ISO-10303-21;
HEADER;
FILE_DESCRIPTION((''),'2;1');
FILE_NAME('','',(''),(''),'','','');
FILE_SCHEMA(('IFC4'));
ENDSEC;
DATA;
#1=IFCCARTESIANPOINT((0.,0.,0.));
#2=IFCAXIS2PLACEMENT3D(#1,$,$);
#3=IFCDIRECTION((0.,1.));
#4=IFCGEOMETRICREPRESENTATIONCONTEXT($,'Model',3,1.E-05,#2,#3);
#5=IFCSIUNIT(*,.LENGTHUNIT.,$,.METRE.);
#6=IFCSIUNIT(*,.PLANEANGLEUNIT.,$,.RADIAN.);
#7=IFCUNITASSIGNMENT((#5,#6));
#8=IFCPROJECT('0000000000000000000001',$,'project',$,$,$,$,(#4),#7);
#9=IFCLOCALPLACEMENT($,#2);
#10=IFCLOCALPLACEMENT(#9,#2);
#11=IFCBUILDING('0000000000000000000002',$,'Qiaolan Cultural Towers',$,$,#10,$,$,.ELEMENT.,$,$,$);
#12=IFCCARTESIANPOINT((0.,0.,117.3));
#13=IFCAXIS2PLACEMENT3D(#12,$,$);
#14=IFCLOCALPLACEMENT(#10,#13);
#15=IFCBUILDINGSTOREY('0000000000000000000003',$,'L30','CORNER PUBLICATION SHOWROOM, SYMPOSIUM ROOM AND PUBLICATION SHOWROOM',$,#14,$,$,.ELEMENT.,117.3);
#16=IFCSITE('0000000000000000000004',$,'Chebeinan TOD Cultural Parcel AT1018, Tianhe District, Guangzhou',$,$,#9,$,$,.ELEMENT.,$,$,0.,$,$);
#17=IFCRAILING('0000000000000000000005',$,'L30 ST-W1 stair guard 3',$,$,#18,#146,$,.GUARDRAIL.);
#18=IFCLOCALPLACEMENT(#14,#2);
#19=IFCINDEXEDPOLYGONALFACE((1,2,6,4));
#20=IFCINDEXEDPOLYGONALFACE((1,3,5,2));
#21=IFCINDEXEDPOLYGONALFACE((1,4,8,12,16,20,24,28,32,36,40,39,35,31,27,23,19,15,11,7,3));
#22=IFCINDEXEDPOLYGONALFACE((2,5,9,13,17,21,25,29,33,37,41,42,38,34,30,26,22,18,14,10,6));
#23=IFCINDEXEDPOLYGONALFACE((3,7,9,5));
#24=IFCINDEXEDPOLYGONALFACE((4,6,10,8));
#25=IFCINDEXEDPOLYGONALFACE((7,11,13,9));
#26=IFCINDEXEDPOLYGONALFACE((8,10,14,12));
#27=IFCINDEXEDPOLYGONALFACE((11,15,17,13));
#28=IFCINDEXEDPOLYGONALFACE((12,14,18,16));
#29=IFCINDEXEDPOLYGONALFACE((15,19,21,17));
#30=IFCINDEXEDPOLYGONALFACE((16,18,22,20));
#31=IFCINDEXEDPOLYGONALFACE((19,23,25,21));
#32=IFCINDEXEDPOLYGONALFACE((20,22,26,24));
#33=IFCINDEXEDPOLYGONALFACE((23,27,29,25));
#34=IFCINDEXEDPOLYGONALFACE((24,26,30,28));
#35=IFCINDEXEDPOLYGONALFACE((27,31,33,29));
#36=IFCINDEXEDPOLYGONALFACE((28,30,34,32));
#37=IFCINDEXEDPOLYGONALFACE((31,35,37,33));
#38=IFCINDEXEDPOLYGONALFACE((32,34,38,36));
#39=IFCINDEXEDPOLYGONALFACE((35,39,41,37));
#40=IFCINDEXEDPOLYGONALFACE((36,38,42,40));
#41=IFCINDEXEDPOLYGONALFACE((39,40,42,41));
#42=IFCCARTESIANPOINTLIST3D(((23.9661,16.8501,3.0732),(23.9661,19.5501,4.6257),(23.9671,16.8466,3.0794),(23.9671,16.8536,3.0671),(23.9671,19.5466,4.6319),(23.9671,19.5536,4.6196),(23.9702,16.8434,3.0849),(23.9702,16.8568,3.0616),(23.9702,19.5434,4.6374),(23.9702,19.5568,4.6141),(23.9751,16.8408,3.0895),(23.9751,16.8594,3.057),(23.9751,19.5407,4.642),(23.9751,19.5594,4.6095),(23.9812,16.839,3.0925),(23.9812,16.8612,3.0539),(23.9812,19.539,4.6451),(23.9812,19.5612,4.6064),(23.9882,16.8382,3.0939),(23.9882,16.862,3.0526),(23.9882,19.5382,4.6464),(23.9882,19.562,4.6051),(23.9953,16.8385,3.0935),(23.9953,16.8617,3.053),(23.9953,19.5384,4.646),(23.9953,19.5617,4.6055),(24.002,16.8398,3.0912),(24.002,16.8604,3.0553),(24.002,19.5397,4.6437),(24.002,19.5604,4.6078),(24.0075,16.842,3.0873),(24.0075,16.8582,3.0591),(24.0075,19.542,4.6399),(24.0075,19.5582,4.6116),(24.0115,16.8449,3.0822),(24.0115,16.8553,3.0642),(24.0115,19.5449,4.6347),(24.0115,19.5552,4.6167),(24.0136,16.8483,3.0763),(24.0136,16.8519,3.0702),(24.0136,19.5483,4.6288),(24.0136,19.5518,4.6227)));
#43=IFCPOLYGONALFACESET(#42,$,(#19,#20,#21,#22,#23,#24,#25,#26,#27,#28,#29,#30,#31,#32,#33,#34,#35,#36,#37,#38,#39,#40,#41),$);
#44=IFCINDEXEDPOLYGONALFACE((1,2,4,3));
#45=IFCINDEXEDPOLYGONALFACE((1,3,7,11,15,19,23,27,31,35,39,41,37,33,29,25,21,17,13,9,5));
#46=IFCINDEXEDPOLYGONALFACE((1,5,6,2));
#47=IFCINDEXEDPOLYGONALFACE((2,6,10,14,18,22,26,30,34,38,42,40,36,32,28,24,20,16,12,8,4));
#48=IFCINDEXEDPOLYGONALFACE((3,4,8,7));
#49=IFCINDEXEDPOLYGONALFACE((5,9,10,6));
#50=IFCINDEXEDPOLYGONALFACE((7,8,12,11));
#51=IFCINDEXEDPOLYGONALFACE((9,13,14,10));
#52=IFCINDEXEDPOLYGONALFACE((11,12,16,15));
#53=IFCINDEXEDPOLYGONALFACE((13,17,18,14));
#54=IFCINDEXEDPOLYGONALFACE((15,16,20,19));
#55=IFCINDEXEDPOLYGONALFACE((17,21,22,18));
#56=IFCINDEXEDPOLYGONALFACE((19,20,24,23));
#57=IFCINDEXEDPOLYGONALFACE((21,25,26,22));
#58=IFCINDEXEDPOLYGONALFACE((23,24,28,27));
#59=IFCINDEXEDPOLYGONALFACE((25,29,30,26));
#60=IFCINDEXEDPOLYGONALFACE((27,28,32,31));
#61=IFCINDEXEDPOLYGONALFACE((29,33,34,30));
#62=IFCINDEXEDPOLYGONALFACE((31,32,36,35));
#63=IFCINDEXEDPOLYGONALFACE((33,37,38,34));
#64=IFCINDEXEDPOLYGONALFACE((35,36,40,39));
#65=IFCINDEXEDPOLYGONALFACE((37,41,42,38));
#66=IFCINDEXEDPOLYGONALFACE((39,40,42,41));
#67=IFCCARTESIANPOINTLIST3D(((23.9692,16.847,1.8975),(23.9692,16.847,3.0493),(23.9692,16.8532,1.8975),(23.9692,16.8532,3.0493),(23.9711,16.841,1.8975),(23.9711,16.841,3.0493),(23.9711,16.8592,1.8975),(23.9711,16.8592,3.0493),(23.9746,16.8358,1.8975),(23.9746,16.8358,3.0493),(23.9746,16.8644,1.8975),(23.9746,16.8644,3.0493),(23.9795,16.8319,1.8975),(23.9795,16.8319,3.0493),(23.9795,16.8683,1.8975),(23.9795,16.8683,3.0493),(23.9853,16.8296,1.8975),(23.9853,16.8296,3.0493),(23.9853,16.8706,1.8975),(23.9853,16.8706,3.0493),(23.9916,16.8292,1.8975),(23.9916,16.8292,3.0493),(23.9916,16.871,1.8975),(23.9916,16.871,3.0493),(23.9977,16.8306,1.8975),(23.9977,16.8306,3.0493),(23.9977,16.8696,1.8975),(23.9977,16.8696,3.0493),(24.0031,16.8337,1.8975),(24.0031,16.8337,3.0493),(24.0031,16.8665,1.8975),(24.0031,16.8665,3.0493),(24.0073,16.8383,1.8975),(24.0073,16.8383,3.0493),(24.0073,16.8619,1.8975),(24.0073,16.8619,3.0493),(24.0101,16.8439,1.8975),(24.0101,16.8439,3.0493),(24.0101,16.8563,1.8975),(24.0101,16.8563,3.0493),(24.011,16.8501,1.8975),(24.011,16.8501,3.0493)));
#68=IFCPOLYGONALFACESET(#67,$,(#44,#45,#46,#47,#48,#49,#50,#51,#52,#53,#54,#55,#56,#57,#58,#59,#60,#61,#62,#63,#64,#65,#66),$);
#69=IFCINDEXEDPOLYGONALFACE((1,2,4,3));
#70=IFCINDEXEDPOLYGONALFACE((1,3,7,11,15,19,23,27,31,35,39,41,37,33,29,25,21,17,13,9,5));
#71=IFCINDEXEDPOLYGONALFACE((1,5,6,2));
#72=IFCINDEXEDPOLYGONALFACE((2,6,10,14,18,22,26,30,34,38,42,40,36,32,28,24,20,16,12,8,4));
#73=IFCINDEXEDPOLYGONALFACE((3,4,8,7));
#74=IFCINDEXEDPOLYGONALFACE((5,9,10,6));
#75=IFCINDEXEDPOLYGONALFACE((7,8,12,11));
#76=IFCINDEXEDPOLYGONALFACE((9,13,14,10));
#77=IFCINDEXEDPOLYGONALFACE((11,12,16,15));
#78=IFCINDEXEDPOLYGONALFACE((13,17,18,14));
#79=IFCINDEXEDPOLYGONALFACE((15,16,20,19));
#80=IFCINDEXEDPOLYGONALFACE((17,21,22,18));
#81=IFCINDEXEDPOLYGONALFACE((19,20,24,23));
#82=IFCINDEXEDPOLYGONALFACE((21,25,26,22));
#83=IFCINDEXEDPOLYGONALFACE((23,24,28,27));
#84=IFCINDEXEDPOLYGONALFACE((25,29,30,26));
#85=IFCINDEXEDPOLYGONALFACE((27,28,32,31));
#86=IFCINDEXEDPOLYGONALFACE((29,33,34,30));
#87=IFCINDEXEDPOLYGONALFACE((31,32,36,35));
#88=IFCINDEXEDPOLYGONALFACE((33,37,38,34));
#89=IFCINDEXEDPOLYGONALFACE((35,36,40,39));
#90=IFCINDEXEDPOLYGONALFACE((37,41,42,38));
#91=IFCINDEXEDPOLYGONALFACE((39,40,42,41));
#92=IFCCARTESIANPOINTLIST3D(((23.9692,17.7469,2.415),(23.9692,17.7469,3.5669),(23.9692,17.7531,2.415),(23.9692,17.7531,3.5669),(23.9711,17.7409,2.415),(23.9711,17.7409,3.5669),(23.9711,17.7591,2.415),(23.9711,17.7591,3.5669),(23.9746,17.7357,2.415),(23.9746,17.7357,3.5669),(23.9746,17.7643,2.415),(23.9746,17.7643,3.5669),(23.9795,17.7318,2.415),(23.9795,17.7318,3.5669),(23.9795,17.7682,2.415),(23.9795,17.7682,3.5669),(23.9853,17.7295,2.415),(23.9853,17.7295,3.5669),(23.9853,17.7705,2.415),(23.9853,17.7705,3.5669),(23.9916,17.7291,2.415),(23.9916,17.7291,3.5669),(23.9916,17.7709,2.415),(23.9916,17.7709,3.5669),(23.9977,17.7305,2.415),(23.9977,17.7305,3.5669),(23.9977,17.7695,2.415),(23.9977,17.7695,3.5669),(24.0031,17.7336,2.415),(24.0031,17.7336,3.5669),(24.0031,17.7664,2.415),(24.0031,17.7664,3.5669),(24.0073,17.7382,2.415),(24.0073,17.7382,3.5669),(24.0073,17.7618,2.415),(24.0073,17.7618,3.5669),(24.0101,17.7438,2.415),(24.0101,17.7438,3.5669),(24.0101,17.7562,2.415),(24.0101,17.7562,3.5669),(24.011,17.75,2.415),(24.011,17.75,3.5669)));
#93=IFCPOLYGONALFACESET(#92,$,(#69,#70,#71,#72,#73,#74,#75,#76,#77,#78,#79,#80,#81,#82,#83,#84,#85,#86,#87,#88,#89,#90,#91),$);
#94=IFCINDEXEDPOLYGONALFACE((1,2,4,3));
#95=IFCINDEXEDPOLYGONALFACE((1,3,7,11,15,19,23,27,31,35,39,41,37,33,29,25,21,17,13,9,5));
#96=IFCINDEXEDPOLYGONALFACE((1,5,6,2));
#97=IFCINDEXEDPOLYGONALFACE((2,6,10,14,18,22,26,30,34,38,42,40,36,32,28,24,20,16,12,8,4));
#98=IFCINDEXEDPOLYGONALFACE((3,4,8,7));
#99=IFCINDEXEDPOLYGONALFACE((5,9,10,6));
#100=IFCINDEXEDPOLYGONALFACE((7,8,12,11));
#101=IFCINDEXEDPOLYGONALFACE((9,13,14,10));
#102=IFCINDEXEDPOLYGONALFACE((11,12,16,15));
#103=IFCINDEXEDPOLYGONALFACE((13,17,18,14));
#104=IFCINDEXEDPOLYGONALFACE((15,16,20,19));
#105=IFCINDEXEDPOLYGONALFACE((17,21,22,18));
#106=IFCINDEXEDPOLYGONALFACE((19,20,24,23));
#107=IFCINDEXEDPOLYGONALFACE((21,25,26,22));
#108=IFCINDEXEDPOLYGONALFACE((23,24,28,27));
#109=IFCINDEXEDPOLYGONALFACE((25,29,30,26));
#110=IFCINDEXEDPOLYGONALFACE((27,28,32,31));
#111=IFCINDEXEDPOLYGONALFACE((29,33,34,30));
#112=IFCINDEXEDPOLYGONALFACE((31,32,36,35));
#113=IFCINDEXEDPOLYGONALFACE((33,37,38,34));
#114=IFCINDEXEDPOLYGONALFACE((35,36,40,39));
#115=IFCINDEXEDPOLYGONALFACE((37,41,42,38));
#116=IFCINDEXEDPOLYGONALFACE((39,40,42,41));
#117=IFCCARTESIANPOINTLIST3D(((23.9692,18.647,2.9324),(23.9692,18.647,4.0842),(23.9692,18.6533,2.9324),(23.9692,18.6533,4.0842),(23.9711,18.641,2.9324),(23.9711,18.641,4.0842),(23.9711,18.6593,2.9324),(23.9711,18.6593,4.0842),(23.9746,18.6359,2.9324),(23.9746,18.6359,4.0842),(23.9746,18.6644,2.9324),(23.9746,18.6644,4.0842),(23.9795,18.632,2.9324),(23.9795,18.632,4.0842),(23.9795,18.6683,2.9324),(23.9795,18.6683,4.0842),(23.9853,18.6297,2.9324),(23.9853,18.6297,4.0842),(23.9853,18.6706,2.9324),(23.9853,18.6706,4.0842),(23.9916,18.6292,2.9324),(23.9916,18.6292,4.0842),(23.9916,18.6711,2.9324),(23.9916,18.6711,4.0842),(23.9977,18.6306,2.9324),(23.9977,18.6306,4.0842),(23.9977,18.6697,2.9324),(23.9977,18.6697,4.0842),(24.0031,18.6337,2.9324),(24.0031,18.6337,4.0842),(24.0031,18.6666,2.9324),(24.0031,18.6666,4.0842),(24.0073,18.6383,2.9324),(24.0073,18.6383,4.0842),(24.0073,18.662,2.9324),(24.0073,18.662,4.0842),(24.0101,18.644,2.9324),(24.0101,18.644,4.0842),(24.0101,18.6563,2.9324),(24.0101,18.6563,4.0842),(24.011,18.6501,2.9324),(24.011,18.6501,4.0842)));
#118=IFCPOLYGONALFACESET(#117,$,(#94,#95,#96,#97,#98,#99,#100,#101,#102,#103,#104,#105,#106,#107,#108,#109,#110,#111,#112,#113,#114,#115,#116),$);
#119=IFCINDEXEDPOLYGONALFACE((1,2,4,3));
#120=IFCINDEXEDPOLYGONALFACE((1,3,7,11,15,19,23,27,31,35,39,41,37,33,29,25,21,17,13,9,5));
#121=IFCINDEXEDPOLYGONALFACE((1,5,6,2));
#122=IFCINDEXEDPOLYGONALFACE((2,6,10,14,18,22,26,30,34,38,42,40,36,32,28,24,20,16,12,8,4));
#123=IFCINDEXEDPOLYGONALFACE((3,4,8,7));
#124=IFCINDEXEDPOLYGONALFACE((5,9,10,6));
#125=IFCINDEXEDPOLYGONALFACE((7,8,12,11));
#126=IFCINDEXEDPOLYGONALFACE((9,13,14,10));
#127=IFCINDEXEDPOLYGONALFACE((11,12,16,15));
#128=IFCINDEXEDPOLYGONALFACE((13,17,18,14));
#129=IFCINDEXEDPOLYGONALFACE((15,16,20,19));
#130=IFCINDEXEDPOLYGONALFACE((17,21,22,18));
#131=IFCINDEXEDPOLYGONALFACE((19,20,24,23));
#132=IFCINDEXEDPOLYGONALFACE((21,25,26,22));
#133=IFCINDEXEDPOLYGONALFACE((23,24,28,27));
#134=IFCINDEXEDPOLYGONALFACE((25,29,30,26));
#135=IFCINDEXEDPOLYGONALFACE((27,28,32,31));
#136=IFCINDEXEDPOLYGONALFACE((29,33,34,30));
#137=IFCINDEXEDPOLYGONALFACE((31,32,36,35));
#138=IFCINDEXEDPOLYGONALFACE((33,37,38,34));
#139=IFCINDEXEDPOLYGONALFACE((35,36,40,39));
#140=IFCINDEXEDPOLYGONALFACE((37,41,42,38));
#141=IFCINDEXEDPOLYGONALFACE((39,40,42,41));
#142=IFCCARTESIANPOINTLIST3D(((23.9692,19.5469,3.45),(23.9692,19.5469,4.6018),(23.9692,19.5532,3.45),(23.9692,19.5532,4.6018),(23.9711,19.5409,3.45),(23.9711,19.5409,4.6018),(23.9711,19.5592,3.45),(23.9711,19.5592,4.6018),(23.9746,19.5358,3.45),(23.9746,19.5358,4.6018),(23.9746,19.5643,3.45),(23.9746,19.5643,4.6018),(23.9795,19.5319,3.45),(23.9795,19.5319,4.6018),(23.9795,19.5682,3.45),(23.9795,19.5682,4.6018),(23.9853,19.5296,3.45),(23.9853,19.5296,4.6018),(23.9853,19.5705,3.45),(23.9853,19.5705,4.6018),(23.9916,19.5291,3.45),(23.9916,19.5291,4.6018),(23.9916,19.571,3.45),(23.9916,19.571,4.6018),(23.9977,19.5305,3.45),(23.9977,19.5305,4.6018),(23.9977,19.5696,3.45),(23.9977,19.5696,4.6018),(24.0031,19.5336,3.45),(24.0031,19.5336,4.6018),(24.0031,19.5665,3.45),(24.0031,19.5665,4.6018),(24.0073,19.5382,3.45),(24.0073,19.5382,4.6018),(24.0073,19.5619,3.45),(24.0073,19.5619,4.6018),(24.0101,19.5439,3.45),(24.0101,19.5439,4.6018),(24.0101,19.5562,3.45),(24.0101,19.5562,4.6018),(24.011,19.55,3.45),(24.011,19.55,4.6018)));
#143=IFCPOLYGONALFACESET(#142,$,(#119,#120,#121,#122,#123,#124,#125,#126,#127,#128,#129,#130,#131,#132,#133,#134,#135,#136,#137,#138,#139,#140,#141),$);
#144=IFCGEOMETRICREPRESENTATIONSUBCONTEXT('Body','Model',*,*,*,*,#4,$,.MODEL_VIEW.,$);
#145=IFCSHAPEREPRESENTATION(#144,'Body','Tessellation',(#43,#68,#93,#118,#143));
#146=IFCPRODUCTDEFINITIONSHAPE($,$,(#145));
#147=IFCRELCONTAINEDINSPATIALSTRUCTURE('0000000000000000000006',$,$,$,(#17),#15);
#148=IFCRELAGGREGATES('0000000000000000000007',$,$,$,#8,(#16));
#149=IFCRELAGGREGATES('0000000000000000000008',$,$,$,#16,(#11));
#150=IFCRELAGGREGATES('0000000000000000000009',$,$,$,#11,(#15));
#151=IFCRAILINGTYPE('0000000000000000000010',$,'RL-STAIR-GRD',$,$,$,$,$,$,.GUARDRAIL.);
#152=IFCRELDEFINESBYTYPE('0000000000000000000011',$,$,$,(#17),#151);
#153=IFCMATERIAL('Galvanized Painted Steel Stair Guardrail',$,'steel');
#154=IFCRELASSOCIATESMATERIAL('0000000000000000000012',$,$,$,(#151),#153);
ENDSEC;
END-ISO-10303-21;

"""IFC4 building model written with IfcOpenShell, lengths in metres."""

from ifc_helpers import new_model, si_unit, direction, frame, origin, origin_2d, place, context, subcontext, project, spatial, circle, extrude, material, type_object, element, save


model = new_model("IFC4")

# Units and contexts
model_context = context("Model", 3, precision=1e-05, world=origin(), true_north=direction((0.0, 1.0)))
body_context = subcontext(model_context, "Body", "Model", "MODEL_VIEW")
ifc_project = project(units=[si_unit("LENGTHUNIT", "METRE"), si_unit("PLANEANGLEUNIT", "RADIAN")], contexts=[model_context])

# Site, building, storey
site_placement = place(None, origin())
site = spatial("IfcSite", under=ifc_project, at=site_placement, Name="Chebeinan TOD Cultural Parcel AT1018, Tianhe District, Guangzhou", CompositionType="ELEMENT", RefElevation=0.0)
building_placement = place(site_placement, origin())
building = spatial("IfcBuilding", under=site, at=building_placement, Name="Qiaolan Cultural Towers", CompositionType="ELEMENT")
storey_placement = place(building_placement, frame((0.0, 0.0, 117.3)))
storey = spatial("IfcBuildingStorey", under=building, at=storey_placement, Name="L30", Description="CORNER PUBLICATION SHOWROOM, SYMPOSIUM ROOM AND PUBLICATION SHOWROOM", CompositionType="ELEMENT", Elevation=117.3)

# Railing
ifc_material_1 = material(Name="Galvanized Painted Steel Stair Guardrail", Category="steel")
railing_type_1 = type_object("IfcRailingType", Name="RL-STAIR-GRD", PredefinedType="GUARDRAIL", material=ifc_material_1)
railing_1_placement = place(storey_placement, frame((23.99, 16.8501, 1.8975)))
element("IfcRailing", 1, at=railing_1_placement, inside=storey, type_object=railing_type_1, Name="L30 ST-W1 stair guard 3", PredefinedType="GUARDRAIL", context=body_context, shape_type="SweptSolid", body=[
    extrude(circle(Radius=0.0239, at=origin_2d()), frame((0.0, 0.0, 1.1758), z_axis=(0.0, 0.866904, 0.498476), x_axis=(-1.0, 0.0, 0.0)), (0.0, 0.0, 1.0), 3.1145),
    extrude(circle(Radius=0.021, at=origin_2d()), origin(), (0.0, 0.0, 1.0), 1.1519),
    extrude(circle(Radius=0.021, at=origin_2d()), frame((0.0, 0.8999, 0.5176)), (0.0, 0.0, 1.0), 1.1519),
    extrude(circle(Radius=0.021, at=origin_2d()), frame((0.0, 1.8, 1.0349)), (0.0, 0.0, 1.0), 1.1519),
    extrude(circle(Radius=0.021, at=origin_2d()), frame((0.0, 2.7, 1.5525)), (0.0, 0.0, 1.0), 1.1519),
])

save(model, "model.ifc")
